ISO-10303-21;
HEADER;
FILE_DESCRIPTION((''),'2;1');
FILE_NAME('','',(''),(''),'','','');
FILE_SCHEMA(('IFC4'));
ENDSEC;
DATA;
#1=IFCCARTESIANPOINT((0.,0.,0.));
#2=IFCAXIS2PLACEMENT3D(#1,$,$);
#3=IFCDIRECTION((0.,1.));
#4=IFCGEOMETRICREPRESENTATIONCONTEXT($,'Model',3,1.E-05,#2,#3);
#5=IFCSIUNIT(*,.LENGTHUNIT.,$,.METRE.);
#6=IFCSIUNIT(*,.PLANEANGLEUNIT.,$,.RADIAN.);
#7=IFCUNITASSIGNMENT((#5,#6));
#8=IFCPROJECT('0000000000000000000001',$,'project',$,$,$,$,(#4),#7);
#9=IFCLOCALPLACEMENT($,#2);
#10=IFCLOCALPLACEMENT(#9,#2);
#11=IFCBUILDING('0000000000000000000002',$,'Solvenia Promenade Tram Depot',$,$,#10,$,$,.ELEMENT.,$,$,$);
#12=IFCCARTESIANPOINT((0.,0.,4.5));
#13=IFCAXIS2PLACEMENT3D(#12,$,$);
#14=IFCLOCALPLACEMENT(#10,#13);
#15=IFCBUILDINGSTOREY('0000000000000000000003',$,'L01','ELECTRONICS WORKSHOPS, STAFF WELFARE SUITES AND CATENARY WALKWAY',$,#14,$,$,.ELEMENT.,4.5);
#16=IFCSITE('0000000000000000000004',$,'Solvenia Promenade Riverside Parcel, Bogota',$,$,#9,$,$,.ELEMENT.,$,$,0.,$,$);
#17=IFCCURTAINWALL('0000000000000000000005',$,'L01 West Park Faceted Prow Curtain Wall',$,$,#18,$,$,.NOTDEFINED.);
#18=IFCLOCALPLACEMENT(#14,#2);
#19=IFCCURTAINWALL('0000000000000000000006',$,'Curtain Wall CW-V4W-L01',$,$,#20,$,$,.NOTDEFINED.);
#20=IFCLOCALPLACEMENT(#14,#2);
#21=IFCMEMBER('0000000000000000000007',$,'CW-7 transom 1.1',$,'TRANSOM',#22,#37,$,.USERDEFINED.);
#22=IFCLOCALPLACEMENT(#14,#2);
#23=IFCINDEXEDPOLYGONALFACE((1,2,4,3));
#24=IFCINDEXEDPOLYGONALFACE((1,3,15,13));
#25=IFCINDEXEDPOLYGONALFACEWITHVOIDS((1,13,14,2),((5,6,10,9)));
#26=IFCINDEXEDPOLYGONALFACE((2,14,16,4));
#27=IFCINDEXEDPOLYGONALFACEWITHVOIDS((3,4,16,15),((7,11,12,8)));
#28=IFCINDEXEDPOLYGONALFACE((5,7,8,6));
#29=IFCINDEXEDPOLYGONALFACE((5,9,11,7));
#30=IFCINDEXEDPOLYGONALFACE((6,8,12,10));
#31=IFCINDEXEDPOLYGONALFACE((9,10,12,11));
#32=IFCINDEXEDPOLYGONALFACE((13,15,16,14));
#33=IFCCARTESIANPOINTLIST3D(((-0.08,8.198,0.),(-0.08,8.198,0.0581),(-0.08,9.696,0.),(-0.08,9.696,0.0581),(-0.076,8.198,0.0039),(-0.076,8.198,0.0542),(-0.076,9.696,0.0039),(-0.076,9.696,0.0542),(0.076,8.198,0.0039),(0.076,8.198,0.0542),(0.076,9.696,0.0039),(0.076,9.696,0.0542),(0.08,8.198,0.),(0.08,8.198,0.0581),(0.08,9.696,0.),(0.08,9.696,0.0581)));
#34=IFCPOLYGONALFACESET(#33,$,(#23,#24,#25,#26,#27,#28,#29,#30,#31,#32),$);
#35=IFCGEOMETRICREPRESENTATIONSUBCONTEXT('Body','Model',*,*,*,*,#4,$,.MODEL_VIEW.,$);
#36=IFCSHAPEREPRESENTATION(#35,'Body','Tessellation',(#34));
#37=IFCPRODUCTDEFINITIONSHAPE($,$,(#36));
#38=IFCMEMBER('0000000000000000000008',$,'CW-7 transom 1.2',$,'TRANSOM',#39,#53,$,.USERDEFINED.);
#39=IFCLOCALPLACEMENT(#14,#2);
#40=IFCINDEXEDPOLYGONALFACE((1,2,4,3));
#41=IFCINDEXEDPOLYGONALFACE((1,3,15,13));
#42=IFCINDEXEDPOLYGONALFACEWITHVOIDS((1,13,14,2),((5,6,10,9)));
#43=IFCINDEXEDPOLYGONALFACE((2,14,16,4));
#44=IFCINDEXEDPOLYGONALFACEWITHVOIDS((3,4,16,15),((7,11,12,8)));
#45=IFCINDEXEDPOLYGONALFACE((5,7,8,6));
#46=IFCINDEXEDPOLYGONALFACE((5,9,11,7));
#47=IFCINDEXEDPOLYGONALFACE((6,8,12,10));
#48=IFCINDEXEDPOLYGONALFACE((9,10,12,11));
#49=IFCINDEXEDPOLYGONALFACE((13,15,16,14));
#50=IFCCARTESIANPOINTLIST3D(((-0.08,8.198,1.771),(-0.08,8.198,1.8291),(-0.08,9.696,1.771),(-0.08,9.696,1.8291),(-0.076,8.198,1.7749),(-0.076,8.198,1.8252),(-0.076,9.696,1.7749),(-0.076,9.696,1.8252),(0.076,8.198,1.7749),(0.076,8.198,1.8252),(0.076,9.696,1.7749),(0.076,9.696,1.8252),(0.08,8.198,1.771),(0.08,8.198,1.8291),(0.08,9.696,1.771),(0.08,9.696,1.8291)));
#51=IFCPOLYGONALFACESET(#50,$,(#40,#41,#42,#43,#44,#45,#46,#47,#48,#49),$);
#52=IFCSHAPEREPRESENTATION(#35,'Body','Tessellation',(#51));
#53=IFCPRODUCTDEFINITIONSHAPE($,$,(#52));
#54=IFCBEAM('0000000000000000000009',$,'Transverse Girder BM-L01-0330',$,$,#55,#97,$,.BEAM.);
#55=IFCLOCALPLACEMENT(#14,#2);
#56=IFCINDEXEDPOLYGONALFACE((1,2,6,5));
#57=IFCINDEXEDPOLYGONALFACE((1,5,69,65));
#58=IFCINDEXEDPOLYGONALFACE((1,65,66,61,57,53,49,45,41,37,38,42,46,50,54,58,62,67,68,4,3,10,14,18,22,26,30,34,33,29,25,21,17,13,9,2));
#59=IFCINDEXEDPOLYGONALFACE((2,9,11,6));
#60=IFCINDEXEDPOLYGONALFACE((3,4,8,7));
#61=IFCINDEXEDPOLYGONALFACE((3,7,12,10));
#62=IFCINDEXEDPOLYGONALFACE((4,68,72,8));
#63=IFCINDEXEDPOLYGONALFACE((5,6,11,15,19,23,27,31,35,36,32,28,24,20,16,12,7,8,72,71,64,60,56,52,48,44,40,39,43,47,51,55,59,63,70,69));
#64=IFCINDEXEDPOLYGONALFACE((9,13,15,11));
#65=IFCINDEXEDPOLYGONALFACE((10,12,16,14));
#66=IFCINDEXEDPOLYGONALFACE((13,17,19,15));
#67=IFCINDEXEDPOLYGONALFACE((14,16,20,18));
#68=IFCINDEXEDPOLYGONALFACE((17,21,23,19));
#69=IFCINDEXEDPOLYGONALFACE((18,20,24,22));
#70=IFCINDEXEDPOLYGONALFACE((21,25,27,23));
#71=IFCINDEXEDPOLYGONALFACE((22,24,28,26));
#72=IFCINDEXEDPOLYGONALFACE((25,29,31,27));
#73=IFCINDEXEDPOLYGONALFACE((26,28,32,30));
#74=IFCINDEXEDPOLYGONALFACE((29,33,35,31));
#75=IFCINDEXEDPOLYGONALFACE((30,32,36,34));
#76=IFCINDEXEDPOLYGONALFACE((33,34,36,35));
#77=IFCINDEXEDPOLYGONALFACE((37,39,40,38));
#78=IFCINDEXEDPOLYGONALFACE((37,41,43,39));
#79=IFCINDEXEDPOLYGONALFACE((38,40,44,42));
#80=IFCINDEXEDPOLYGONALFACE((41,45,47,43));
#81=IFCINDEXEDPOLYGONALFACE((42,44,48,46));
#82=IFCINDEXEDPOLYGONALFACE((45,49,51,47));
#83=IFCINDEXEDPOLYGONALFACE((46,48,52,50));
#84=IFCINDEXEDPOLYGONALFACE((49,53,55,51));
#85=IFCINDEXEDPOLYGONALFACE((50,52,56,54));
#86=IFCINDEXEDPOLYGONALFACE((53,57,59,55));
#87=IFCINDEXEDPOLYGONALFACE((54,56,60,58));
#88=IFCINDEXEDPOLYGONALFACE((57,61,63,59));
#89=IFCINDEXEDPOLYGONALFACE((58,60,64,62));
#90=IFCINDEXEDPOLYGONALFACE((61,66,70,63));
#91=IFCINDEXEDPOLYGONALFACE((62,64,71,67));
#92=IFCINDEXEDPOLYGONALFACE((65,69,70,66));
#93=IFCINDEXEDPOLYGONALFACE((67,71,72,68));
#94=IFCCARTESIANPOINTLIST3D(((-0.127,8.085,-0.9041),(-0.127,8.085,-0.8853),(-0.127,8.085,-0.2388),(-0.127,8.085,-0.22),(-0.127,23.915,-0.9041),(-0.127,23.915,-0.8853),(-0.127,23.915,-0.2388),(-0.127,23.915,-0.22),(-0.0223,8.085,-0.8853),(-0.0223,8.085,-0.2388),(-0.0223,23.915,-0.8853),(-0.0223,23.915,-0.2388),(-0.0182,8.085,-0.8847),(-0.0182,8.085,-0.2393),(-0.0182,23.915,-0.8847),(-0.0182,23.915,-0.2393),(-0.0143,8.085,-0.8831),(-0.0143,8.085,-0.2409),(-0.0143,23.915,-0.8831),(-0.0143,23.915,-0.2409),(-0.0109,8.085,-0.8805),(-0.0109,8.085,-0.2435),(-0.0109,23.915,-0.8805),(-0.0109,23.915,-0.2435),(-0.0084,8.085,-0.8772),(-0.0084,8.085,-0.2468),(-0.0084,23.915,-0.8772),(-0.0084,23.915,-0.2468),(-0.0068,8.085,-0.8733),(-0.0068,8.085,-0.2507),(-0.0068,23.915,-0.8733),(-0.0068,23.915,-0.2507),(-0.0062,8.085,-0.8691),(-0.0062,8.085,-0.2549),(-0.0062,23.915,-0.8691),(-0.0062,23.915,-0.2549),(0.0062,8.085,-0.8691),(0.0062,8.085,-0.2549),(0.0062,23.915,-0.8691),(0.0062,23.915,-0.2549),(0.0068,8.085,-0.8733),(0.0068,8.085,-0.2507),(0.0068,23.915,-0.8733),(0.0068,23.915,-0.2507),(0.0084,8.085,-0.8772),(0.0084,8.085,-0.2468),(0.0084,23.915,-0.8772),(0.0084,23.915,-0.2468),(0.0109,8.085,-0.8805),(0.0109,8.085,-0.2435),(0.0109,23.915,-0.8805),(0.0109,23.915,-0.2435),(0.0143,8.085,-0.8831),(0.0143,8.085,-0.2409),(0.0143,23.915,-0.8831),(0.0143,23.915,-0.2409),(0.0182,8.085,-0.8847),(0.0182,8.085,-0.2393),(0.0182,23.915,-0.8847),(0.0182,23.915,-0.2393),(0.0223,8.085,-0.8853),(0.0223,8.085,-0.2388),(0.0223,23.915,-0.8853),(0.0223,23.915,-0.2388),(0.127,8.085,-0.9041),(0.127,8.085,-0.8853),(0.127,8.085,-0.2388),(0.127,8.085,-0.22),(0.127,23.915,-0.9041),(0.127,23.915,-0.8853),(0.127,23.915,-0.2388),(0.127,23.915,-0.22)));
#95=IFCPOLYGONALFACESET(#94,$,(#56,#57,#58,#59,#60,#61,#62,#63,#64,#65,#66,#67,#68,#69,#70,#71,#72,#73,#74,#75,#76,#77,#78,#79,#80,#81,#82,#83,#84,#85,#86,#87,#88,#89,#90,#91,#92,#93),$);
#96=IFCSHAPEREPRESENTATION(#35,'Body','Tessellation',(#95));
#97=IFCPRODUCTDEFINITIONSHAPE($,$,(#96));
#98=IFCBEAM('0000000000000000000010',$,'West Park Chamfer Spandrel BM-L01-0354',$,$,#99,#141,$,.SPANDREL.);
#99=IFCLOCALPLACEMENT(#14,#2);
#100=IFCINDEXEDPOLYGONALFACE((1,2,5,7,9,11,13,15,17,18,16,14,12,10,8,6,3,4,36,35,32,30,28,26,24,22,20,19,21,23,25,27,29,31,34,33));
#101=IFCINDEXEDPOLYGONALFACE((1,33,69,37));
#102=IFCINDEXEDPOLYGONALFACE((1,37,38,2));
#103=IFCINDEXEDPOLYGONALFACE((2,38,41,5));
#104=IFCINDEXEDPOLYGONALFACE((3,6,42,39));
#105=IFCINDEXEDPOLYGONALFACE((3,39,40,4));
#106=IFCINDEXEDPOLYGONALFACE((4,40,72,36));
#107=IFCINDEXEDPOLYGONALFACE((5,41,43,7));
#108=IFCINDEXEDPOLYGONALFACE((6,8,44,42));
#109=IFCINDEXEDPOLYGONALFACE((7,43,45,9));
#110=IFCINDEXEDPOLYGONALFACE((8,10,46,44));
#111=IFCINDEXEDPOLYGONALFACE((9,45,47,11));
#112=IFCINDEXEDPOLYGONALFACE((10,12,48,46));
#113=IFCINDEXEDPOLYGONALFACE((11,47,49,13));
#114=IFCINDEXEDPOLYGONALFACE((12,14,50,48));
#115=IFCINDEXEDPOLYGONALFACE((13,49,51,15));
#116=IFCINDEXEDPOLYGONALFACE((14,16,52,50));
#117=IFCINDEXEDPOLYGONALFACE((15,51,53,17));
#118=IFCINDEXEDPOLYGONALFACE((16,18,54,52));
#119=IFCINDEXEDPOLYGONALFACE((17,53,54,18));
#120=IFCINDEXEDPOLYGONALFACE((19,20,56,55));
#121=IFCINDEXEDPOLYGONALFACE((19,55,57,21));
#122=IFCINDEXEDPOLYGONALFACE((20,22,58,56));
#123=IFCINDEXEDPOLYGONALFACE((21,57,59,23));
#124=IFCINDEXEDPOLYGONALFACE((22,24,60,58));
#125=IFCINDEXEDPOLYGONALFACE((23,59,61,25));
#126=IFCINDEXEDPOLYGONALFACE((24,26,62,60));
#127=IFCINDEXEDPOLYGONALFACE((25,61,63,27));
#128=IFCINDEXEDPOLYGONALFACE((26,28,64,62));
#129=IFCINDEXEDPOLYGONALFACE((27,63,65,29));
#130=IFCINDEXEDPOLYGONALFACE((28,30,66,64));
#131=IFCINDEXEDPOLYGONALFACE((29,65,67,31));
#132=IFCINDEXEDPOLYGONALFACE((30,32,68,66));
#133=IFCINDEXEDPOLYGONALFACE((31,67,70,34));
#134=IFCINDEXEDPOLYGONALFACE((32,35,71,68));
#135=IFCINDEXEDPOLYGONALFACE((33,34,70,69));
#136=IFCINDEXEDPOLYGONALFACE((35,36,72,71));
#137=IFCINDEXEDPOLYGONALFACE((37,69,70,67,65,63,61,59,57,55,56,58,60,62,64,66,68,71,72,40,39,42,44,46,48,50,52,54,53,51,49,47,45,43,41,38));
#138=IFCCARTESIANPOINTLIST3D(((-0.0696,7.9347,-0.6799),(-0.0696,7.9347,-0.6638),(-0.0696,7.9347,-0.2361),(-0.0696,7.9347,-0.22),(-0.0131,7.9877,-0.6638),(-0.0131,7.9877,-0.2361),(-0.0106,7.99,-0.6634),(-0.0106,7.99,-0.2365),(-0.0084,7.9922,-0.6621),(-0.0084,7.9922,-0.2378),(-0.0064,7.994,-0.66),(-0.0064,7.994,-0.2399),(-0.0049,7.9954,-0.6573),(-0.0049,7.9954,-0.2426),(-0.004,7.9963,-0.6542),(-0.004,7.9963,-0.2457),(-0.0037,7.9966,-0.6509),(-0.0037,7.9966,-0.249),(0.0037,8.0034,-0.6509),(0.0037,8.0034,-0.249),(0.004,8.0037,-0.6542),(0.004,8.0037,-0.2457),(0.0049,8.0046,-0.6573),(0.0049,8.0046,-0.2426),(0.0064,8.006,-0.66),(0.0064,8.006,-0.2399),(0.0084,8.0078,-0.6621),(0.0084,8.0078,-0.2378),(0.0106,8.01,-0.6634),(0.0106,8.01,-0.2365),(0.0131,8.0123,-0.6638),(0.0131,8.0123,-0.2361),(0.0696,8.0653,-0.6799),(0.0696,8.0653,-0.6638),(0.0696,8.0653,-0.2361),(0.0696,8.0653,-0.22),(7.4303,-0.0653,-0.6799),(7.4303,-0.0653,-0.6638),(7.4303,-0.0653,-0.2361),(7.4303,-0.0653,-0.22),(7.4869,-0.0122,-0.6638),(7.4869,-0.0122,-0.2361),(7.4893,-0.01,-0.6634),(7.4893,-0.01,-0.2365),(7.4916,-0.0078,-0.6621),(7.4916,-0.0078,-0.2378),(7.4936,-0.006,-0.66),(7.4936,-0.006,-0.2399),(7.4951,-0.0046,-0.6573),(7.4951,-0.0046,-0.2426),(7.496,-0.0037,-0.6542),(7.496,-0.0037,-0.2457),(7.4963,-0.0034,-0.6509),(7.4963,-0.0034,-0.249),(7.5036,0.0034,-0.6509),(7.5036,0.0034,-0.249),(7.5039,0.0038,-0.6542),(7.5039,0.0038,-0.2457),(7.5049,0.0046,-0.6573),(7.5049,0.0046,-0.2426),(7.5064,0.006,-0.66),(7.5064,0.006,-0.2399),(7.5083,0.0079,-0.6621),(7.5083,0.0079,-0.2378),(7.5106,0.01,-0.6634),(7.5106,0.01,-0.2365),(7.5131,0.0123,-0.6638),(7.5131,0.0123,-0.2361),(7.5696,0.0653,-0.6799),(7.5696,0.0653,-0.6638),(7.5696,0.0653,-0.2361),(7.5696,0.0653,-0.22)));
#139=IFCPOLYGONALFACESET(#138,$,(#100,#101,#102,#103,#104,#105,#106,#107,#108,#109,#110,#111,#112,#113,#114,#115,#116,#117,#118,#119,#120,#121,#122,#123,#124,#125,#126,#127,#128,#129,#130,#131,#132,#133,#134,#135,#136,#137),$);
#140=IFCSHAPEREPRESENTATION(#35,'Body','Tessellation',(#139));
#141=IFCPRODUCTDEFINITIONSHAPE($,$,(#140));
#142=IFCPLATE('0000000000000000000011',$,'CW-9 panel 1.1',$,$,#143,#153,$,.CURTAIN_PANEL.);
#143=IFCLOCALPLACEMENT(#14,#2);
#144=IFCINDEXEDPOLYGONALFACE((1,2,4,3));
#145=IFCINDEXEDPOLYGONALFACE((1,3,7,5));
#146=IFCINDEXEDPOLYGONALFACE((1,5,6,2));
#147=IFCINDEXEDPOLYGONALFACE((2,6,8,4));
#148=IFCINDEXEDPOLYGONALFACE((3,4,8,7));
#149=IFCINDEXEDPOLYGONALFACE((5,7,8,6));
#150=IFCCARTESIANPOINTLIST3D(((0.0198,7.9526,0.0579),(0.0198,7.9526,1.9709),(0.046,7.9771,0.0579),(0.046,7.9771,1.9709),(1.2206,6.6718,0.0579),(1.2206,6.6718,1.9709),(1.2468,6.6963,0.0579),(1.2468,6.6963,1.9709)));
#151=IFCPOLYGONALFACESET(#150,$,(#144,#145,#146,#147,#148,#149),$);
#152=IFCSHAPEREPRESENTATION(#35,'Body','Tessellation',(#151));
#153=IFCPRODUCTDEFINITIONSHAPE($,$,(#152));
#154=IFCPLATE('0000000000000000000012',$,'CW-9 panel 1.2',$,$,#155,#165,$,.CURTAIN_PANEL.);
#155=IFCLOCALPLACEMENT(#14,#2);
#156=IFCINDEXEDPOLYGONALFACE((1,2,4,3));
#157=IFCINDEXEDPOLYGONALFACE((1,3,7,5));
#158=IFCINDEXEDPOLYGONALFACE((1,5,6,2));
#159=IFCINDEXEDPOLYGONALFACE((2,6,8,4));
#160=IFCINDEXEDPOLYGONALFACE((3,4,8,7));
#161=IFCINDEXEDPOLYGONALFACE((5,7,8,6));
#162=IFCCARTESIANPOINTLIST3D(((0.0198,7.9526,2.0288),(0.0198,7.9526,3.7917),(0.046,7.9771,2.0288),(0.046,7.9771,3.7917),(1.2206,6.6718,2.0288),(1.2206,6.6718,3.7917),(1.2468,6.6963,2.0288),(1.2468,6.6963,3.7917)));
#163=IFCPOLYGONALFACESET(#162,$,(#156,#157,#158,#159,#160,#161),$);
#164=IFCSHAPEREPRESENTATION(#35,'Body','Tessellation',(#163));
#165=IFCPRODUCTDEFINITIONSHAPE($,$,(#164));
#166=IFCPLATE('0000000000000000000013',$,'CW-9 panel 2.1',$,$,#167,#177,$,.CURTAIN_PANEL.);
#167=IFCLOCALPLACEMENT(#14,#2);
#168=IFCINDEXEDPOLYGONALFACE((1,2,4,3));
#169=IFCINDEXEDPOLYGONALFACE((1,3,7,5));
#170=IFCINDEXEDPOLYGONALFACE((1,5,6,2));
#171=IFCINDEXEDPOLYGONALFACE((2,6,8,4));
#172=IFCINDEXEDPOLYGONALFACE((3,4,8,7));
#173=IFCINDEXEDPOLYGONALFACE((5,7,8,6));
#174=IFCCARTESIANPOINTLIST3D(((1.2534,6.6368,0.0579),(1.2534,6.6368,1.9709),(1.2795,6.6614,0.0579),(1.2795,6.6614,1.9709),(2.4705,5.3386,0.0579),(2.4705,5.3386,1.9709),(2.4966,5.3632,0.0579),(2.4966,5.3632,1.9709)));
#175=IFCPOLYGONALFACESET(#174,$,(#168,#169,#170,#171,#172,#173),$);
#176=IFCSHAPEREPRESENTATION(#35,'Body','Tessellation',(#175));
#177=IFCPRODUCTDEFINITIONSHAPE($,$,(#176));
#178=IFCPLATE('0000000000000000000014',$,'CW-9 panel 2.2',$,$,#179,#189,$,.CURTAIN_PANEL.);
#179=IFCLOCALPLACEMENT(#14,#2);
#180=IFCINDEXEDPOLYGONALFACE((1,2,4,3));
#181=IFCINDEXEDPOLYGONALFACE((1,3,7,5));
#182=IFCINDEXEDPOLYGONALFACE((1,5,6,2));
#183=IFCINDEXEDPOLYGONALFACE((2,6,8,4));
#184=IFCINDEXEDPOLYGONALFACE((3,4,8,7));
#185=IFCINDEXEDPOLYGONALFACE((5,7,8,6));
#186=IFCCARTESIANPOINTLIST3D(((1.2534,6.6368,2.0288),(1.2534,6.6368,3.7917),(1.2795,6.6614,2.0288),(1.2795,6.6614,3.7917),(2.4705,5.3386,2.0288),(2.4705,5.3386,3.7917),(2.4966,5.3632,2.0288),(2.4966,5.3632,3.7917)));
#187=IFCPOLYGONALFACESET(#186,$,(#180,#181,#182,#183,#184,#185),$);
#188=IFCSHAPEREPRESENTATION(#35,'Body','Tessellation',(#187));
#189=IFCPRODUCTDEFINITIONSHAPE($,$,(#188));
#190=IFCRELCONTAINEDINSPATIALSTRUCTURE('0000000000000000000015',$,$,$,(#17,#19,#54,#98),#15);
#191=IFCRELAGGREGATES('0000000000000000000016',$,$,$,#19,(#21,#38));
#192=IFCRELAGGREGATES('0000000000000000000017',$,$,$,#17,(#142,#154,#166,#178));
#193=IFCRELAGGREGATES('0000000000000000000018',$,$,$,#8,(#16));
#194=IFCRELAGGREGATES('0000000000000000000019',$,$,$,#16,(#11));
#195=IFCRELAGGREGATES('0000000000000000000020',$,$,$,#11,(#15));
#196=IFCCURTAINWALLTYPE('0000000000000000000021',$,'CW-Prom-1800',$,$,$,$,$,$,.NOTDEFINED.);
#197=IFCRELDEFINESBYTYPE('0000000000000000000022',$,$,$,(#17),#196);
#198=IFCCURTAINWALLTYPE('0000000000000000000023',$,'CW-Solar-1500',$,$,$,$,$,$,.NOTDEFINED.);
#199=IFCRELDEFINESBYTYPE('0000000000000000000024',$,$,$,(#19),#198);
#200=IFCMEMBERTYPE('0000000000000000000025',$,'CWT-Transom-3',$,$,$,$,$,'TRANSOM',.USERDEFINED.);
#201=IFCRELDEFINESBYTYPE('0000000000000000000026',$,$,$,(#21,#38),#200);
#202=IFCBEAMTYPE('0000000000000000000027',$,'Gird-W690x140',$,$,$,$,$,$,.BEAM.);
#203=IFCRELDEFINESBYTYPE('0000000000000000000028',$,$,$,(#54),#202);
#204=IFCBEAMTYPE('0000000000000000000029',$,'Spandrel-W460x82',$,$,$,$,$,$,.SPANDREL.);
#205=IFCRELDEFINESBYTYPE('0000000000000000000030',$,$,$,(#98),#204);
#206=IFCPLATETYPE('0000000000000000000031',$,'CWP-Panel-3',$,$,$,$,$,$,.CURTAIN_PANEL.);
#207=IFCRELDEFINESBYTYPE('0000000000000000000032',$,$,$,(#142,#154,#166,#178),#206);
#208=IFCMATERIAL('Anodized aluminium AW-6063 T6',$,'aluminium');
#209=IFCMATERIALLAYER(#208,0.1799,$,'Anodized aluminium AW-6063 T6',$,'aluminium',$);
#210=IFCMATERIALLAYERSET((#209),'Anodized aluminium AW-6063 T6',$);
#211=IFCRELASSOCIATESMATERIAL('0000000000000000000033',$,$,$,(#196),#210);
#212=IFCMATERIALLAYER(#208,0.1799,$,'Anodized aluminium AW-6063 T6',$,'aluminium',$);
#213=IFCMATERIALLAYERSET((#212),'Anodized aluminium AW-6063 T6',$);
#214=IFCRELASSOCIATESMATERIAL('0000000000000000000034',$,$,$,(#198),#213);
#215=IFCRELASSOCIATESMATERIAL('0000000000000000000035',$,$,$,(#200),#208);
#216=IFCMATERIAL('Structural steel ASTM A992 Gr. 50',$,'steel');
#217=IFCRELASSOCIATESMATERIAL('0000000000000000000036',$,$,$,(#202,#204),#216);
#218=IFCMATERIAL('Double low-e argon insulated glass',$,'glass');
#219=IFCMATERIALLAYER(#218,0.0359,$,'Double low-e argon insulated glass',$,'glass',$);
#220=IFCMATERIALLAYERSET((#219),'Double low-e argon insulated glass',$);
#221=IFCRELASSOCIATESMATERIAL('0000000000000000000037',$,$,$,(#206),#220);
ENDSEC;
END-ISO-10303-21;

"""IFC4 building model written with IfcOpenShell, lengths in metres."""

from ifc_helpers import new_model, si_unit, direction, frame, origin, origin_2d, place, context, subcontext, project, spatial, rectangle, hollow_rectangle, i_section, extrude, material, layer, layer_set, material_profile, profile_set, type_object, element, aggregate, save


model = new_model("IFC4")

# Units and contexts
model_context = context("Model", 3, precision=1e-05, world=origin(), true_north=direction((0.0, 1.0)))
body_context = subcontext(model_context, "Body", "Model", "MODEL_VIEW")
ifc_project = project(units=[si_unit("LENGTHUNIT", "METRE"), si_unit("PLANEANGLEUNIT", "RADIAN")], contexts=[model_context])

# Site, building, storey
site_placement = place(None, origin())
site = spatial("IfcSite", under=ifc_project, at=site_placement, Name="Solvenia Promenade Riverside Parcel, Bogota", CompositionType="ELEMENT", RefElevation=0.0)
building_placement = place(site_placement, origin())
building = spatial("IfcBuilding", under=site, at=building_placement, Name="Solvenia Promenade Tram Depot", CompositionType="ELEMENT")
storey_placement = place(building_placement, frame((0.0, 0.0, 4.5)))
storey = spatial("IfcBuildingStorey", under=building, at=storey_placement, Name="L01", Description="ELECTRONICS WORKSHOPS, STAFF WELFARE SUITES AND CATENARY WALKWAY", CompositionType="ELEMENT", Elevation=4.5)

# Shared definitions
ifc_material_1 = material(Name="Structural steel ASTM A992 Gr. 50", Category="steel")

# Curtain wall
ifc_material_2 = material(Name="Anodized aluminium AW-6063 T6", Category="aluminium")
ifc_layer_1 = layer(ifc_material_2, 0.1799, Name="Anodized aluminium AW-6063 T6", Category="aluminium")
ifc_layer_set_1 = layer_set([ifc_layer_1], Name="Anodized aluminium AW-6063 T6")
curtain_wall_type_1 = type_object("IfcCurtainWallType", Name="CW-Prom-1800", PredefinedType="NOTDEFINED", material=ifc_layer_set_1)
curtain_wall_1_placement = place(storey_placement, origin())
curtain_wall_1 = element("IfcCurtainWall", 1, at=curtain_wall_1_placement, inside=storey, type_object=curtain_wall_type_1, Name="L01 West Park Faceted Prow Curtain Wall", PredefinedType="NOTDEFINED")

# Curtain wall
ifc_layer_2 = layer(ifc_material_2, 0.1799, Name="Anodized aluminium AW-6063 T6", Category="aluminium")
ifc_layer_set_2 = layer_set([ifc_layer_2], Name="Anodized aluminium AW-6063 T6")
curtain_wall_type_2 = type_object("IfcCurtainWallType", Name="CW-Solar-1500", PredefinedType="NOTDEFINED", material=ifc_layer_set_2)
curtain_wall_2_placement = place(storey_placement, origin())
curtain_wall_2 = element("IfcCurtainWall", 2, at=curtain_wall_2_placement, inside=storey, type_object=curtain_wall_type_2, Name="Curtain Wall CW-V4W-L01", PredefinedType="NOTDEFINED")

# Members
ifc_material_profile_1 = material_profile(ifc_material_2, hollow_rectangle(XDim=0.1599, YDim=0.0581, WallThickness=0.0039, at=origin_2d()), Name="ALU-T3", Category="aluminium")
ifc_profile_set_1 = profile_set([ifc_material_profile_1], Name="Anodized aluminium AW-6063 T6")
member_type_1 = type_object("IfcMemberType", Name="CWT-Transom-3", ElementType="TRANSOM", PredefinedType="USERDEFINED", material=ifc_profile_set_1)
member_1_placement = place(storey_placement, frame((0.0, 8.198, 0.0291), z_axis=(0.0, 1.0, 0.0), x_axis=(-1.0, 0.0, 0.0)))
member_1 = element("IfcMember", 3, at=member_1_placement, type_object=member_type_1, Name="CW-7 transom 1.1", ObjectType="TRANSOM", PredefinedType="USERDEFINED", context=body_context, shape_type="SweptSolid", body=[
    extrude(hollow_rectangle(XDim=0.1599, YDim=0.0581, WallThickness=0.0039, at=origin_2d()), origin(), (0.0, 0.0, 1.0), 1.498),
])
member_2_placement = place(storey_placement, frame((0.0, 8.198, 1.8), z_axis=(0.0, 1.0, 0.0), x_axis=(-1.0, 0.0, 0.0)))
member_2 = element("IfcMember", 4, at=member_2_placement, type_object=member_type_1, Name="CW-7 transom 1.2", ObjectType="TRANSOM", PredefinedType="USERDEFINED", context=body_context, shape_type="SweptSolid", body=[
    extrude(hollow_rectangle(XDim=0.1599, YDim=0.0581, WallThickness=0.0039, at=origin_2d()), origin(), (0.0, 0.0, 1.0), 1.498),
])
aggregate(curtain_wall_2, [member_1, member_2])

# Beams
ifc_material_profile_2 = material_profile(ifc_material_1, i_section(OverallWidth=0.2539, OverallDepth=0.6841, WebThickness=0.0125, FlangeThickness=0.0188, FilletRadius=0.0161, at=origin_2d()), Name="W690x140", Category="steel")
ifc_profile_set_2 = profile_set([ifc_material_profile_2], Name="Structural steel ASTM A992 Gr. 50")
beam_type_1 = type_object("IfcBeamType", Name="Gird-W690x140", PredefinedType="BEAM", material=ifc_profile_set_2)
beam_1_placement = place(storey_placement, frame((0.0, 8.085, -0.562), z_axis=(0.0, 1.0, 0.0), x_axis=(-1.0, 0.0, 0.0)))
element("IfcBeam", 5, at=beam_1_placement, inside=storey, type_object=beam_type_1, Name="Transverse Girder BM-L01-0330", PredefinedType="BEAM", context=body_context, shape_type="SweptSolid", body=[
    extrude(i_section(OverallWidth=0.2539, OverallDepth=0.6841, WebThickness=0.0125, FlangeThickness=0.0188, FilletRadius=0.0161, at=origin_2d()), origin(), (0.0, 0.0, 1.0), 15.8301),
])
ifc_material_profile_3 = material_profile(ifc_material_1, i_section(OverallWidth=0.1909, OverallDepth=0.46, WebThickness=0.01, FlangeThickness=0.0161, FilletRadius=0.0129, at=origin_2d()), Name="W460x82", Category="steel")
ifc_profile_set_3 = profile_set([ifc_material_profile_3], Name="Structural steel ASTM A992 Gr. 50")
beam_type_2 = type_object("IfcBeamType", Name="Spandrel-W460x82", PredefinedType="SPANDREL", material=ifc_profile_set_3)
beam_2_placement = place(storey_placement, frame((0.0, 8.0, -0.45), z_axis=(0.683941, -0.729537, 0.0), x_axis=(0.729537, 0.683941, 0.0)))
element("IfcBeam", 6, at=beam_2_placement, inside=storey, type_object=beam_type_2, Name="West Park Chamfer Spandrel BM-L01-0354", PredefinedType="SPANDREL", context=body_context, shape_type="SweptSolid", body=[
    extrude(i_section(OverallWidth=0.1909, OverallDepth=0.46, WebThickness=0.01, FlangeThickness=0.0161, FilletRadius=0.0129, at=origin_2d()), origin(), (0.0, 0.0, 1.0), 10.9658),
])

# Plates
ifc_material_3 = material(Name="Double low-e argon insulated glass", Category="glass")
ifc_layer_3 = layer(ifc_material_3, 0.0359, Name="Double low-e argon insulated glass", Category="glass")
ifc_layer_set_3 = layer_set([ifc_layer_3], Name="Double low-e argon insulated glass")
plate_type_1 = type_object("IfcPlateType", Name="CWP-Panel-3", PredefinedType="CURTAIN_PANEL", material=ifc_layer_set_3)
plate_1_placement = place(storey_placement, frame((0.6333, 7.3245, 0.0579), z_axis=(0.0, 0.0, 1.0), x_axis=(0.683941, -0.729537, 0.0)))
plate_1 = element("IfcPlate", 7, at=plate_1_placement, type_object=plate_type_1, Name="CW-9 panel 1.1", PredefinedType="CURTAIN_PANEL", context=body_context, shape_type="SweptSolid", body=[
    extrude(rectangle(XDim=1.7556, YDim=0.0359, at=origin_2d()), origin(), (0.0, 0.0, 1.0), 1.9131),
])
plate_2_placement = place(storey_placement, frame((0.6333, 7.3245, 2.0288), z_axis=(0.0, 0.0, 1.0), x_axis=(0.683941, -0.729537, 0.0)))
plate_2 = element("IfcPlate", 8, at=plate_2_placement, type_object=plate_type_1, Name="CW-9 panel 1.2", PredefinedType="CURTAIN_PANEL", context=body_context, shape_type="SweptSolid", body=[
    extrude(rectangle(XDim=1.7556, YDim=0.0359, at=origin_2d()), origin(), (0.0, 0.0, 1.0), 1.7629),
])
plate_3_placement = place(storey_placement, frame((1.875, 6.0, 0.0579), z_axis=(0.0, 0.0, 1.0), x_axis=(0.683941, -0.729537, 0.0)))
plate_3 = element("IfcPlate", 9, at=plate_3_placement, type_object=plate_type_1, Name="CW-9 panel 2.1", PredefinedType="CURTAIN_PANEL", context=body_context, shape_type="SweptSolid", body=[
    extrude(rectangle(XDim=1.7795, YDim=0.0359, at=origin_2d()), origin(), (0.0, 0.0, 1.0), 1.9131),
])
plate_4_placement = place(storey_placement, frame((1.875, 6.0, 2.0288), z_axis=(0.0, 0.0, 1.0), x_axis=(0.683941, -0.729537, 0.0)))
plate_4 = element("IfcPlate", 10, at=plate_4_placement, type_object=plate_type_1, Name="CW-9 panel 2.2", PredefinedType="CURTAIN_PANEL", context=body_context, shape_type="SweptSolid", body=[
    extrude(rectangle(XDim=1.7795, YDim=0.0359, at=origin_2d()), origin(), (0.0, 0.0, 1.0), 1.7629),
])
aggregate(curtain_wall_1, [plate_1, plate_2, plate_3, plate_4])

save(model, "model.ifc")
